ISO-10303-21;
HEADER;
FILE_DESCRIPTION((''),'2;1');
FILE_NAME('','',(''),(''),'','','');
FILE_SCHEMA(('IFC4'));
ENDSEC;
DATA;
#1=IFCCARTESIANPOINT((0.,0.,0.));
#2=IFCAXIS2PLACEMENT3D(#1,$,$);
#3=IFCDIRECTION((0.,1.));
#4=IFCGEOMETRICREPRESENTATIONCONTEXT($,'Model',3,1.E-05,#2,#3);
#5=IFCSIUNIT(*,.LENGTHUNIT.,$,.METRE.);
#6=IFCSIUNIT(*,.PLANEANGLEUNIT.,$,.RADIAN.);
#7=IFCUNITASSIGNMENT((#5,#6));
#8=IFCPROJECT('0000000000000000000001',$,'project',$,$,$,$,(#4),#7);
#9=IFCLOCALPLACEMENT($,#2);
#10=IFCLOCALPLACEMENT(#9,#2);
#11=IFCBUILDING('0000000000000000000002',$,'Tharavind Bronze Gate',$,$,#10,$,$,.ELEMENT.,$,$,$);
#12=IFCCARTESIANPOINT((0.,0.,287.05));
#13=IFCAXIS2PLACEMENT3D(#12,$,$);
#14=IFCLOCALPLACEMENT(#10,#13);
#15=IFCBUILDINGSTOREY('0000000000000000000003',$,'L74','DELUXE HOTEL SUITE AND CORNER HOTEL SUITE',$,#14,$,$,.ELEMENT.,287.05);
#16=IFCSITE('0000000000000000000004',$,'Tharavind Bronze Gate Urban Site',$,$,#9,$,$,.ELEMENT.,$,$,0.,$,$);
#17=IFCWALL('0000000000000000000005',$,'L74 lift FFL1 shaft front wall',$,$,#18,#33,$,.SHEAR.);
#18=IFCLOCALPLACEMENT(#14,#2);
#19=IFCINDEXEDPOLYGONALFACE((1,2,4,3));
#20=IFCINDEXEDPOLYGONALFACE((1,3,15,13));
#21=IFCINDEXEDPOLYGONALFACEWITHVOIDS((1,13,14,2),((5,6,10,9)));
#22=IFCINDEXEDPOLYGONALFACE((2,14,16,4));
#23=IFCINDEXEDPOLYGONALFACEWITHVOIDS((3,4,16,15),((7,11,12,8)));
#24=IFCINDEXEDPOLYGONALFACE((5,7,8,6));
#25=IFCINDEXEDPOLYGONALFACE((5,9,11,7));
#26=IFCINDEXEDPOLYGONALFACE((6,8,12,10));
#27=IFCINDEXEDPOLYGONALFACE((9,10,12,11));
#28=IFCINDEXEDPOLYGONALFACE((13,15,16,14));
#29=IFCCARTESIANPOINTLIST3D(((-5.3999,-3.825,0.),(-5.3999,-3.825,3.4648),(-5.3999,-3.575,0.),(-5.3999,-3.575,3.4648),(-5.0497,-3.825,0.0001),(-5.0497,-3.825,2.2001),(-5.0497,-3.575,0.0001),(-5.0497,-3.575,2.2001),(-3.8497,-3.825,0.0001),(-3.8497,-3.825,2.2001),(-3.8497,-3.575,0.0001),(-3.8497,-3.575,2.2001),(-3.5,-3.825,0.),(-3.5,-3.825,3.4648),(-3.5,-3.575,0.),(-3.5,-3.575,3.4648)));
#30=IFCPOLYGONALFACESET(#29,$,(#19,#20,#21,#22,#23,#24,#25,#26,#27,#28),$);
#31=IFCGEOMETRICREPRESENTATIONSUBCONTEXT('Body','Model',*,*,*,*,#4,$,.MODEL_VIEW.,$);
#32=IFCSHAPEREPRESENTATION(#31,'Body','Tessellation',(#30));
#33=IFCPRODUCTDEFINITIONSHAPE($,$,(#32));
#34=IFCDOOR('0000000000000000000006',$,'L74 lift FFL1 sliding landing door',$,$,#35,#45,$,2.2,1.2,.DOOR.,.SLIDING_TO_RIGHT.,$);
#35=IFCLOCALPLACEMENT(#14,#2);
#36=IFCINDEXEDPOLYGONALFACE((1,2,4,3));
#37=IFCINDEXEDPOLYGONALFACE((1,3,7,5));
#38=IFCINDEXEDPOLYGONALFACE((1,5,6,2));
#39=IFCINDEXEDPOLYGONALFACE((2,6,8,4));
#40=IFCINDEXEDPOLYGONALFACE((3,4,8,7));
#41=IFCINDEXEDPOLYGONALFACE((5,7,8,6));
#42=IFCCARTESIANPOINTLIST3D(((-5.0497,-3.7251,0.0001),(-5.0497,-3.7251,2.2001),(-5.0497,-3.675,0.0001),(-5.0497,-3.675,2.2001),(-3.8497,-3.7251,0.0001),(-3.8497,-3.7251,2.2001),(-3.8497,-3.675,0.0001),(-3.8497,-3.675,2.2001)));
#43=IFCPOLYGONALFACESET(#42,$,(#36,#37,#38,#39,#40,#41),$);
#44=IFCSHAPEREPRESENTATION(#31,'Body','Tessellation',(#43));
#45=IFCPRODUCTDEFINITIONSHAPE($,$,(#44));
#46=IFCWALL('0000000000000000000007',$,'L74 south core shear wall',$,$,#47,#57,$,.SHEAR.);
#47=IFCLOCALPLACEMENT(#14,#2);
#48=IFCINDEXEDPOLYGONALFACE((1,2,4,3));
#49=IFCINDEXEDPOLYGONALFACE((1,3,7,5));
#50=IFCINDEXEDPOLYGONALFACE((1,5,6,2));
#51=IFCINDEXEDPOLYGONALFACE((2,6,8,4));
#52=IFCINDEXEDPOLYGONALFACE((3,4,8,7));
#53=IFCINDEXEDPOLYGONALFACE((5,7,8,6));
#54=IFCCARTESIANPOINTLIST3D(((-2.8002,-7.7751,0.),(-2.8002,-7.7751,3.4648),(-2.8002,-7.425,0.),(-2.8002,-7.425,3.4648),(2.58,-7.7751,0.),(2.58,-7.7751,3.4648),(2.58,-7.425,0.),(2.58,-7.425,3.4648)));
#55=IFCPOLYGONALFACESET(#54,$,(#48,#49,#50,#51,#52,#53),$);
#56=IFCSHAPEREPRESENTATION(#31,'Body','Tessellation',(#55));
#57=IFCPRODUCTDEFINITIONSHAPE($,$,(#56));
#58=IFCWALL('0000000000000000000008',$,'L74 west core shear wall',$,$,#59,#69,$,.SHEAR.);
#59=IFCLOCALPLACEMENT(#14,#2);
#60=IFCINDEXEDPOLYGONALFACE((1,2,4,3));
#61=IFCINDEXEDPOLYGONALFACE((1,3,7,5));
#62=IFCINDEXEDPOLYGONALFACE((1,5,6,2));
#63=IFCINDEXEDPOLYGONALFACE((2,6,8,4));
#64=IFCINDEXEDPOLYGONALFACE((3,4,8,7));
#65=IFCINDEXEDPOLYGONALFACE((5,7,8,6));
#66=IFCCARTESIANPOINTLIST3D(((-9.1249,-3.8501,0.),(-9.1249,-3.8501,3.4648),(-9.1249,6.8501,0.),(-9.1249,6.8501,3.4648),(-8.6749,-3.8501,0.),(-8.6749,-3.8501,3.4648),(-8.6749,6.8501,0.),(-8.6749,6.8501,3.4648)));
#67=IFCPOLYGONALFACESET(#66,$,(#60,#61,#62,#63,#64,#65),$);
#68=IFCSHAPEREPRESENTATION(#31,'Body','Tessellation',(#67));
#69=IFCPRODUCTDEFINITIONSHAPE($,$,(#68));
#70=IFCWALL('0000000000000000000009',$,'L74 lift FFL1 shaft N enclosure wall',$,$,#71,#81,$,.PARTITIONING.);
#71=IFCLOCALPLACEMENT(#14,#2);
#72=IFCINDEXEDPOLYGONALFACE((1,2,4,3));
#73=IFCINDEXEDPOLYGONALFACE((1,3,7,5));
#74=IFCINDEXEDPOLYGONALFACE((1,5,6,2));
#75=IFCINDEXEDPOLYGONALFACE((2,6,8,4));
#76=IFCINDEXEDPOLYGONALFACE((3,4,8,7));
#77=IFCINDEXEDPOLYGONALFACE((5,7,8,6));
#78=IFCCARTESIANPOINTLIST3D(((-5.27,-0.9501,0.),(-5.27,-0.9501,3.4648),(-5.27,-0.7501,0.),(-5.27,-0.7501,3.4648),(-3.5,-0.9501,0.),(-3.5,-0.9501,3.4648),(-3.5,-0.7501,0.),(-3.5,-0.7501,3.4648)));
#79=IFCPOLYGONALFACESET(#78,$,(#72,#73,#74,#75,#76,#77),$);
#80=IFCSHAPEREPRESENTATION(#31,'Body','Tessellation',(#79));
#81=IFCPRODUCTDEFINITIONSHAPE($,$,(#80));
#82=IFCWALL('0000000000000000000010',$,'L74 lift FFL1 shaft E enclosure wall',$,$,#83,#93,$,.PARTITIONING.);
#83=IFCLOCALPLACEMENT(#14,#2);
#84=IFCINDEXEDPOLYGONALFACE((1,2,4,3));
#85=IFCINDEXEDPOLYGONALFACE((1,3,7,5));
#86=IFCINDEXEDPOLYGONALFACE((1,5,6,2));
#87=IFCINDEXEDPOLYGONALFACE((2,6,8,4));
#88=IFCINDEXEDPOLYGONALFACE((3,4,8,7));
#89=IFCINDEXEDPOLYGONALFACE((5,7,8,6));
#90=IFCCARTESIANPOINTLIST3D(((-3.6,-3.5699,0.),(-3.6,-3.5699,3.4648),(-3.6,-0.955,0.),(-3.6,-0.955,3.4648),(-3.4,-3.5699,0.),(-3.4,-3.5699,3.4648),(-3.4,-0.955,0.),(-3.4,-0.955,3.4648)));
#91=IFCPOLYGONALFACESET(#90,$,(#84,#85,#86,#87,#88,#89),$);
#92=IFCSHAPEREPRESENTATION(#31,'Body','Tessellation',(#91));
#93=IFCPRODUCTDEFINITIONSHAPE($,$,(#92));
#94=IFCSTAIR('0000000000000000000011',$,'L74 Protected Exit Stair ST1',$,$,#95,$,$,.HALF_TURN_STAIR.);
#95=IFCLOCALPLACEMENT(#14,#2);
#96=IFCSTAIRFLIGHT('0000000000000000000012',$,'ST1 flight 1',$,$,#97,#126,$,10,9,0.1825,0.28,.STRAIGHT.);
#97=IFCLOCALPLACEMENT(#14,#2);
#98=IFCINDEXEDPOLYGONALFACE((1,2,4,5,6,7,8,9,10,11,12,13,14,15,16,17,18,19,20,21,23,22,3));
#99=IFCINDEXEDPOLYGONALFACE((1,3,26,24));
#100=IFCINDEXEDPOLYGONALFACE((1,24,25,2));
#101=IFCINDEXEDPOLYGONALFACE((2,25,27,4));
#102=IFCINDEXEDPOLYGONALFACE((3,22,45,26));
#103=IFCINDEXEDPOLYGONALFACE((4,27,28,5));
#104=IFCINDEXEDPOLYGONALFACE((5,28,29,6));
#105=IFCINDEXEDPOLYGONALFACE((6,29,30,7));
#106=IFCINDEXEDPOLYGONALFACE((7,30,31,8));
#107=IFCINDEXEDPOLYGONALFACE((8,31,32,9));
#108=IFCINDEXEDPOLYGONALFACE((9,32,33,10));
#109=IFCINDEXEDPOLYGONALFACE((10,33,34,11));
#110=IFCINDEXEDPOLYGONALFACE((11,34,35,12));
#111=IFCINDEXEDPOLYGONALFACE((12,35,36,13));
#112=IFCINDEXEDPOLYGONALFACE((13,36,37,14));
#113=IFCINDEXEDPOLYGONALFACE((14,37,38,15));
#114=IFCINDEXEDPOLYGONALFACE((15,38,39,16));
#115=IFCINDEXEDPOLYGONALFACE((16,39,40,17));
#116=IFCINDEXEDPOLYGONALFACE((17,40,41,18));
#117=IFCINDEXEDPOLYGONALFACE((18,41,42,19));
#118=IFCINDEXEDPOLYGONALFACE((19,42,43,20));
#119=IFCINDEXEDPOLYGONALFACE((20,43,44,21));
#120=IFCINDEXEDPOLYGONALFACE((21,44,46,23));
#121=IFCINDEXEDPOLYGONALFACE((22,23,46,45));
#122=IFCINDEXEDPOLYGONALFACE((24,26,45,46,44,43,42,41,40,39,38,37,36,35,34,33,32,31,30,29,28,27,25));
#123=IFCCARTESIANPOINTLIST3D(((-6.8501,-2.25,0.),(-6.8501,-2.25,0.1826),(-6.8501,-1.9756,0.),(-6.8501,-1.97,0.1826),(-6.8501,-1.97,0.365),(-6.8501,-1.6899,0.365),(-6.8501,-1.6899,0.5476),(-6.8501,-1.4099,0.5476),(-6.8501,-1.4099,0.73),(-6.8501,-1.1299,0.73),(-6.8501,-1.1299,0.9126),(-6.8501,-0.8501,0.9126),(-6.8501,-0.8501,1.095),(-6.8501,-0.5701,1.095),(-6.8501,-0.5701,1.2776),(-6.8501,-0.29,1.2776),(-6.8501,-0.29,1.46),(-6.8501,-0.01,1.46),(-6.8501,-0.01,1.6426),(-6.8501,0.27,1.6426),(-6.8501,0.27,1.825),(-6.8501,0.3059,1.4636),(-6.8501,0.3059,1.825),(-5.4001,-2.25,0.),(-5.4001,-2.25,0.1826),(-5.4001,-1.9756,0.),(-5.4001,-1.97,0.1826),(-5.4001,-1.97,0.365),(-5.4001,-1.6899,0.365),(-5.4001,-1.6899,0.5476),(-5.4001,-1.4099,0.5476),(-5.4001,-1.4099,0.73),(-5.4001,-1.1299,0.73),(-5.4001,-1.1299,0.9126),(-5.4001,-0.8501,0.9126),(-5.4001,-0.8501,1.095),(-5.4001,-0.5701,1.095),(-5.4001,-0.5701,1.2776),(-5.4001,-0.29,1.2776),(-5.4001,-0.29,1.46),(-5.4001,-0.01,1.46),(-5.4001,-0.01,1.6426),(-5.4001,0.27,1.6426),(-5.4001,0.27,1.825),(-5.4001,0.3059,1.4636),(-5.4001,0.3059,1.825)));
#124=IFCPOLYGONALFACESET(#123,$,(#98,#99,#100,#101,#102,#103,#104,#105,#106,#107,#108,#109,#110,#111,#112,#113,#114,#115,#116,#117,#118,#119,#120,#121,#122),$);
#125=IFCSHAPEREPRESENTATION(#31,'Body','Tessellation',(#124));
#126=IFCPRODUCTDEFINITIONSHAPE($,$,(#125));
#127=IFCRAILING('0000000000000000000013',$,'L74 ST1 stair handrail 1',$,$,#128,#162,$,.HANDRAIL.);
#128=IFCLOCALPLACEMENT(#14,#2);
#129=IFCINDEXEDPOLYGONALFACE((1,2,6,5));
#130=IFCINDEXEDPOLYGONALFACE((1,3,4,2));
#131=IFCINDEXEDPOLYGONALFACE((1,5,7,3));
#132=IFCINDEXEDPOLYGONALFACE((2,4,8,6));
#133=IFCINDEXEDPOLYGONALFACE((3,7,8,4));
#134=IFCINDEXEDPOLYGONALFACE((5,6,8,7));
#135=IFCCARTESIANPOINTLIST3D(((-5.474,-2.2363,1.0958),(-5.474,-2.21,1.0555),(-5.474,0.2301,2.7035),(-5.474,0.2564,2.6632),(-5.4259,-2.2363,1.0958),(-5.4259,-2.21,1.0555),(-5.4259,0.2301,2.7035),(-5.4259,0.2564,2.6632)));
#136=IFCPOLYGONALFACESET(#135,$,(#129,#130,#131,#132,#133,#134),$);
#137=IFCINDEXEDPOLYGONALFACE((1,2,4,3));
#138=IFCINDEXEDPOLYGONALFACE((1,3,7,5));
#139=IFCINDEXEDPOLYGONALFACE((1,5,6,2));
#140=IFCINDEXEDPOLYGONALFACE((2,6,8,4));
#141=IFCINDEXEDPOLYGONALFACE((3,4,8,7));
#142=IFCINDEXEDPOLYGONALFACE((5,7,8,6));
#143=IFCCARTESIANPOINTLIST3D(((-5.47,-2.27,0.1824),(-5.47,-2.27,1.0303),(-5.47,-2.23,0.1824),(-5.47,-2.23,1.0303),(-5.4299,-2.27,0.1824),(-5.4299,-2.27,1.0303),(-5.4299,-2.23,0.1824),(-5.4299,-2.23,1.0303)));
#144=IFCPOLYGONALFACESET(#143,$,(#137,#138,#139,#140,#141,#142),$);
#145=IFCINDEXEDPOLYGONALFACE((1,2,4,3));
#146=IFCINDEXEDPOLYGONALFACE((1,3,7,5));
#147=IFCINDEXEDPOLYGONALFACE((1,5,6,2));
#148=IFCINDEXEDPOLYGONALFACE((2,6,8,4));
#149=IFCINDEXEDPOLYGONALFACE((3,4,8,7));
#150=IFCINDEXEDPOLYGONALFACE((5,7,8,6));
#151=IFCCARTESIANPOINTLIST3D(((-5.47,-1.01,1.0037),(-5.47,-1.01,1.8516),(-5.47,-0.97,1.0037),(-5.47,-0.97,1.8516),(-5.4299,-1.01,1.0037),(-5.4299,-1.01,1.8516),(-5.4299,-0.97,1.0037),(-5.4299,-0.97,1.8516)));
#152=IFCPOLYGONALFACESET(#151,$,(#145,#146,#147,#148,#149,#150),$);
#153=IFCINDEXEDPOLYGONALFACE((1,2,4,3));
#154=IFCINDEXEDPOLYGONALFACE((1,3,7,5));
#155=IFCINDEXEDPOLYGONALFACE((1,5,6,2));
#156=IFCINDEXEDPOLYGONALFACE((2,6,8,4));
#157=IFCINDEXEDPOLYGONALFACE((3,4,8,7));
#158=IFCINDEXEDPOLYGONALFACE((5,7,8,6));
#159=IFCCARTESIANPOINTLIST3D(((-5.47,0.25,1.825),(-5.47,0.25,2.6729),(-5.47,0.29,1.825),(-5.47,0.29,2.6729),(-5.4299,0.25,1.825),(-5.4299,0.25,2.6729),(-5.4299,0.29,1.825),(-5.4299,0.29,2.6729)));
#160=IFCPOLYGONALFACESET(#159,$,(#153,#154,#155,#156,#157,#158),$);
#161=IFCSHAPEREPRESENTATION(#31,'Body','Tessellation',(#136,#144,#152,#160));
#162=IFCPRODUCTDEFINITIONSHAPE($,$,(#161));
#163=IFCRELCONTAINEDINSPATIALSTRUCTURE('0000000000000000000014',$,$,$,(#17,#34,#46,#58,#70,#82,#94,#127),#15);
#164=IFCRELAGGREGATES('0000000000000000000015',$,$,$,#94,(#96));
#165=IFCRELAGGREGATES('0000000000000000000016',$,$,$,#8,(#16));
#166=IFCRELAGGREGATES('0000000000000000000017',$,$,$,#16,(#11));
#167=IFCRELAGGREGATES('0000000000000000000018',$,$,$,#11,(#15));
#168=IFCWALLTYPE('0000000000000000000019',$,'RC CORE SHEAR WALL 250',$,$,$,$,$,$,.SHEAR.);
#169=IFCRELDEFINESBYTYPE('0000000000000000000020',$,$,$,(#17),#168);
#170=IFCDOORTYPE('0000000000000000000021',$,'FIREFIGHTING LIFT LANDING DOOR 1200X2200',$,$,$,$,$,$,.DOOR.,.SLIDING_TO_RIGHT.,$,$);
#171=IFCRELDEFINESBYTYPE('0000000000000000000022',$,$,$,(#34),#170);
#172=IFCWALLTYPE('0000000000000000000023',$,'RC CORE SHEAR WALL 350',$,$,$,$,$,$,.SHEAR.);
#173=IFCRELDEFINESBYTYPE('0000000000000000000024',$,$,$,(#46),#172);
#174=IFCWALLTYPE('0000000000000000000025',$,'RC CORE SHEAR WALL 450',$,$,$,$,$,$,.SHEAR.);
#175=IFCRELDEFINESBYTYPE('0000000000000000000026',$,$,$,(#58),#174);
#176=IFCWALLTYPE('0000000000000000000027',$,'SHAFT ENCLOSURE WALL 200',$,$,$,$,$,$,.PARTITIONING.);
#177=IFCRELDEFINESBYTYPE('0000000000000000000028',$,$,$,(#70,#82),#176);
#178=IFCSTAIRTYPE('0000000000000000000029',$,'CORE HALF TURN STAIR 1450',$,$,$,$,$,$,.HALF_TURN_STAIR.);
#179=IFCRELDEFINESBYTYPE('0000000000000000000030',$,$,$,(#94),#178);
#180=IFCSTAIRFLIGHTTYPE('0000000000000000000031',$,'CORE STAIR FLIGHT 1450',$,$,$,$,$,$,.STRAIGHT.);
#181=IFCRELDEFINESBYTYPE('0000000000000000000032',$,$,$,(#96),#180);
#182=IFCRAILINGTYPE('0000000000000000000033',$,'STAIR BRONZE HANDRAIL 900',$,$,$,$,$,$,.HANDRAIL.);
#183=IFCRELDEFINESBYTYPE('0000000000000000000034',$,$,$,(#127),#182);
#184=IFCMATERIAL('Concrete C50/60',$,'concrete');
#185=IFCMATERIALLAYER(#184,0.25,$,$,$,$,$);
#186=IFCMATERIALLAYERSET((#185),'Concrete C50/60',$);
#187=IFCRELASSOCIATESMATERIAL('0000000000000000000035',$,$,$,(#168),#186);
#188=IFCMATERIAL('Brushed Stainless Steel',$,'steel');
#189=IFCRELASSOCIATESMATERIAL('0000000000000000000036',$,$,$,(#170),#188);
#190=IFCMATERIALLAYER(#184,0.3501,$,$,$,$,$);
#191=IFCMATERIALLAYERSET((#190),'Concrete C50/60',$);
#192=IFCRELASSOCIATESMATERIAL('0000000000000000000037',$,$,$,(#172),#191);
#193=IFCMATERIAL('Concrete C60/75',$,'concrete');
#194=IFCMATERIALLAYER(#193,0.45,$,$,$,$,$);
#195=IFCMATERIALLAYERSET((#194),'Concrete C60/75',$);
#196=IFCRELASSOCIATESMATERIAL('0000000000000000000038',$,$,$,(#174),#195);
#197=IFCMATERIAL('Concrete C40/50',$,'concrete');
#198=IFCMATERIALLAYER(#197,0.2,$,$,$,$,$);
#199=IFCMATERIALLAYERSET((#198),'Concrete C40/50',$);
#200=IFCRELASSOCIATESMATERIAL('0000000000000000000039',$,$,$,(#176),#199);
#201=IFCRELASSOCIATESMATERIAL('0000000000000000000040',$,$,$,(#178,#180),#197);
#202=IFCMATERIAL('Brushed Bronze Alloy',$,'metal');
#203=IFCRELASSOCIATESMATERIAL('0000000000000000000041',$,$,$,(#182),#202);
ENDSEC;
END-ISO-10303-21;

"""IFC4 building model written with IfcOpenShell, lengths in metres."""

from ifc_helpers import new_model, si_unit, direction, frame, frame_2d, origin, origin_2d, place, context, subcontext, project, spatial, polyline, rectangle, outline, extrude, material, layer, layer_set, type_object, element, fill, aggregate, save


model = new_model("IFC4")

# Units and contexts
model_context = context("Model", 3, precision=1e-05, world=origin(), true_north=direction((0.0, 1.0)))
body_context = subcontext(model_context, "Body", "Model", "MODEL_VIEW")
ifc_project = project(units=[si_unit("LENGTHUNIT", "METRE"), si_unit("PLANEANGLEUNIT", "RADIAN")], contexts=[model_context])

# Site, building, storey
site_placement = place(None, origin())
site = spatial("IfcSite", under=ifc_project, at=site_placement, Name="Tharavind Bronze Gate Urban Site", CompositionType="ELEMENT", RefElevation=0.0)
building_placement = place(site_placement, origin())
building = spatial("IfcBuilding", under=site, at=building_placement, Name="Tharavind Bronze Gate", CompositionType="ELEMENT")
storey_placement = place(building_placement, frame((0.0, 0.0, 287.05)))
storey = spatial("IfcBuildingStorey", under=building, at=storey_placement, Name="L74", Description="DELUXE HOTEL SUITE AND CORNER HOTEL SUITE", CompositionType="ELEMENT", Elevation=287.05)

# Shared definitions
ifc_material_1 = material(Name="Concrete C50/60", Category="concrete")

# Shared definitions
ifc_layer_1 = layer(ifc_material_1, 0.25)
ifc_layer_set_1 = layer_set([ifc_layer_1], Name="Concrete C50/60")
wall_type_1 = type_object("IfcWallType", Name="RC CORE SHEAR WALL 250", PredefinedType="SHEAR", material=ifc_layer_set_1)

# Wall, opening, door
wall_1_placement = place(storey_placement, frame((-5.3999, -3.7, 0.0), z_axis=(0.0, 0.0, 1.0), x_axis=(1.0, 0.0, 0.0)))
wall_1 = element("IfcWall", 1, at=wall_1_placement, inside=storey, type_object=wall_type_1, Name="L74 lift FFL1 shaft front wall", PredefinedType="SHEAR", context=body_context, shape_type="SweptSolid", body=[
    extrude(rectangle(XDim=1.8999, YDim=0.25, at=frame_2d((0.95, 0.0))), origin(), (0.0, 0.0, 1.0), 3.4648),
])
opening_1_placement = place(wall_1_placement, frame((0.3501, 0.0, 0.0)))
opening_1 = element("IfcOpeningElement", 2, at=opening_1_placement, cuts=wall_1, PredefinedType="OPENING", context=body_context, shape_type="SweptSolid", body=[
    extrude(rectangle(XDim=1.2, YDim=2.2, at=frame_2d((0.6001, 1.1001))), frame((0.0, 0.135, 0.0), z_axis=(0.0, -1.0, 0.0), x_axis=(1.0, 0.0, 0.0)), (0.0, 0.0, 1.0), 0.27),
])
ifc_material_2 = material(Name="Brushed Stainless Steel", Category="steel")
door_type_1 = type_object("IfcDoorType", Name="FIREFIGHTING LIFT LANDING DOOR 1200X2200", OperationType="SLIDING_TO_RIGHT", PredefinedType="DOOR", material=ifc_material_2)
door_1_placement = place(opening_1_placement, origin())
door_1 = element("IfcDoor", 3, at=door_1_placement, inside=storey, type_object=door_type_1, Name="L74 lift FFL1 sliding landing door", OperationType="SLIDING_TO_RIGHT", OverallHeight=2.2, OverallWidth=1.2, PredefinedType="DOOR", context=body_context, shape_type="SweptSolid", body=[
    extrude(rectangle(XDim=1.2, YDim=2.2, at=frame_2d((0.6001, 1.1001))), frame((0.0, 0.0249, 0.0), z_axis=(0.0, -1.0, 0.0), x_axis=(1.0, 0.0, 0.0)), (0.0, 0.0, 1.0), 0.05),
])
fill(opening_1, door_1)

# Walls
ifc_layer_2 = layer(ifc_material_1, 0.3501)
ifc_layer_set_2 = layer_set([ifc_layer_2], Name="Concrete C50/60")
wall_type_2 = type_object("IfcWallType", Name="RC CORE SHEAR WALL 350", PredefinedType="SHEAR", material=ifc_layer_set_2)
wall_2_placement = place(storey_placement, frame((-2.8, -7.6001, 0.0), z_axis=(0.0, 0.0, 1.0), x_axis=(1.0, 0.0, 0.0)))
element("IfcWall", 4, at=wall_2_placement, inside=storey, type_object=wall_type_2, Name="L74 south core shear wall", PredefinedType="SHEAR", context=body_context, shape_type="SweptSolid", body=[
    extrude(rectangle(XDim=5.3801, YDim=0.3501, at=frame_2d((2.6899, 0.0))), origin(), (0.0, 0.0, 1.0), 3.4648),
])
ifc_material_3 = material(Name="Concrete C60/75", Category="concrete")
ifc_layer_3 = layer(ifc_material_3, 0.45)
ifc_layer_set_3 = layer_set([ifc_layer_3], Name="Concrete C60/75")
wall_type_3 = type_object("IfcWallType", Name="RC CORE SHEAR WALL 450", PredefinedType="SHEAR", material=ifc_layer_set_3)
wall_3_placement = place(storey_placement, frame((-8.8999, -3.8501, 0.0), z_axis=(0.0, 0.0, 1.0), x_axis=(0.0, 1.0, 0.0)))
element("IfcWall", 5, at=wall_3_placement, inside=storey, type_object=wall_type_3, Name="L74 west core shear wall", PredefinedType="SHEAR", context=body_context, shape_type="SweptSolid", body=[
    extrude(rectangle(XDim=10.7002, YDim=0.45, at=frame_2d((5.3501, 0.0))), origin(), (0.0, 0.0, 1.0), 3.4648),
])
ifc_material_4 = material(Name="Concrete C40/50", Category="concrete")
ifc_layer_4 = layer(ifc_material_4, 0.2)
ifc_layer_set_4 = layer_set([ifc_layer_4], Name="Concrete C40/50")
wall_type_4 = type_object("IfcWallType", Name="SHAFT ENCLOSURE WALL 200", PredefinedType="PARTITIONING", material=ifc_layer_set_4)
wall_4_placement = place(storey_placement, frame((-5.27, -0.8501, 0.0), z_axis=(0.0, 0.0, 1.0), x_axis=(1.0, 0.0, 0.0)))
element("IfcWall", 6, at=wall_4_placement, inside=storey, type_object=wall_type_4, Name="L74 lift FFL1 shaft N enclosure wall", PredefinedType="PARTITIONING", context=body_context, shape_type="SweptSolid", body=[
    extrude(rectangle(XDim=1.77, YDim=0.2, at=frame_2d((0.885, 0.0))), origin(), (0.0, 0.0, 1.0), 3.4648),
])
wall_5_placement = place(storey_placement, frame((-3.5, -3.5701, 0.0), z_axis=(0.0, 0.0, 1.0), x_axis=(0.0, 1.0, 0.0)))
element("IfcWall", 7, at=wall_5_placement, inside=storey, type_object=wall_type_4, Name="L74 lift FFL1 shaft E enclosure wall", PredefinedType="PARTITIONING", context=body_context, shape_type="SweptSolid", body=[
    extrude(rectangle(XDim=2.615, YDim=0.2, at=frame_2d((1.3076, 0.0))), origin(), (0.0, 0.0, 1.0), 3.4648),
])

# Stair, stair flight
stair_type = type_object("IfcStairType", Name="CORE HALF TURN STAIR 1450", PredefinedType="HALF_TURN_STAIR", material=ifc_material_4)
stair_placement = place(storey_placement, origin())
stair = element("IfcStair", 8, at=stair_placement, inside=storey, type_object=stair_type, Name="L74 Protected Exit Stair ST1", PredefinedType="HALF_TURN_STAIR")
stair_flight_type = type_object("IfcStairFlightType", Name="CORE STAIR FLIGHT 1450", PredefinedType="STRAIGHT", material=ifc_material_4)
stair_flight_placement = place(storey_placement, frame((-6.125, -2.25, 0.0), z_axis=(0.0, 0.0, 1.0), x_axis=(0.0, 1.0, 0.0)))
stair_flight = element("IfcStairFlight", 9, at=stair_flight_placement, type_object=stair_flight_type, Name="ST1 flight 1", NumberOfRisers=10, NumberOfTreads=9, PredefinedType="STRAIGHT", RiserHeight=0.1825, TreadLength=0.28, context=body_context, shape_type="SweptSolid", body=[
    extrude(outline(polyline([(0.0, 0.0), (0.0, 0.1826), (0.28, 0.1826), (0.28, 0.365), (0.5601, 0.365), (0.5601, 0.5476), (0.8401, 0.5476), (0.8401, 0.73), (1.1201, 0.73), (1.1201, 0.9126), (1.3999, 0.9126), (1.3999, 1.095), (1.6799, 1.095), (1.6799, 1.2776), (1.96, 1.2776), (1.96, 1.46), (2.24, 1.46), (2.24, 1.6426), (2.52, 1.6426), (2.52, 1.825), (2.5559, 1.825), (2.5559, 1.4636), (0.2744, 0.0), (0.0, 0.0)])), frame((0.0, 0.7251, 0.0), z_axis=(0.0, -1.0, 0.0), x_axis=(1.0, 0.0, 0.0)), (0.0, 0.0, 1.0), 1.45),
])
aggregate(stair, [stair_flight])

# Railing
ifc_material_5 = material(Name="Brushed Bronze Alloy", Category="metal")
railing_type_1 = type_object("IfcRailingType", Name="STAIR BRONZE HANDRAIL 900", PredefinedType="HANDRAIL", material=ifc_material_5)
railing_1_placement = place(storey_placement, frame((-5.45, -2.25, 0.1824)))
element("IfcRailing", 10, at=railing_1_placement, inside=storey, type_object=railing_type_1, Name="L74 ST1 stair handrail 1", PredefinedType="HANDRAIL", context=body_context, shape_type="SweptSolid", body=[
    extrude(rectangle(XDim=0.0481, YDim=0.0481, at=origin_2d()), frame((0.0, 0.0269, 0.8933), z_axis=(0.0, 0.837749, 0.546055), x_axis=(-1.0, 0.0, 0.0)), (0.0, 0.0, 1.0), 2.9441),
    extrude(rectangle(XDim=0.04, YDim=0.04, at=origin_2d()), origin(), (0.0, 0.0, 1.0), 0.8479),
    extrude(rectangle(XDim=0.04, YDim=0.04, at=origin_2d()), frame((0.0, 1.26, 0.8213)), (0.0, 0.0, 1.0), 0.8479),
    extrude(rectangle(XDim=0.04, YDim=0.04, at=origin_2d()), frame((0.0, 2.52, 1.6426)), (0.0, 0.0, 1.0), 0.8479),
])

save(model, "model.ifc")
